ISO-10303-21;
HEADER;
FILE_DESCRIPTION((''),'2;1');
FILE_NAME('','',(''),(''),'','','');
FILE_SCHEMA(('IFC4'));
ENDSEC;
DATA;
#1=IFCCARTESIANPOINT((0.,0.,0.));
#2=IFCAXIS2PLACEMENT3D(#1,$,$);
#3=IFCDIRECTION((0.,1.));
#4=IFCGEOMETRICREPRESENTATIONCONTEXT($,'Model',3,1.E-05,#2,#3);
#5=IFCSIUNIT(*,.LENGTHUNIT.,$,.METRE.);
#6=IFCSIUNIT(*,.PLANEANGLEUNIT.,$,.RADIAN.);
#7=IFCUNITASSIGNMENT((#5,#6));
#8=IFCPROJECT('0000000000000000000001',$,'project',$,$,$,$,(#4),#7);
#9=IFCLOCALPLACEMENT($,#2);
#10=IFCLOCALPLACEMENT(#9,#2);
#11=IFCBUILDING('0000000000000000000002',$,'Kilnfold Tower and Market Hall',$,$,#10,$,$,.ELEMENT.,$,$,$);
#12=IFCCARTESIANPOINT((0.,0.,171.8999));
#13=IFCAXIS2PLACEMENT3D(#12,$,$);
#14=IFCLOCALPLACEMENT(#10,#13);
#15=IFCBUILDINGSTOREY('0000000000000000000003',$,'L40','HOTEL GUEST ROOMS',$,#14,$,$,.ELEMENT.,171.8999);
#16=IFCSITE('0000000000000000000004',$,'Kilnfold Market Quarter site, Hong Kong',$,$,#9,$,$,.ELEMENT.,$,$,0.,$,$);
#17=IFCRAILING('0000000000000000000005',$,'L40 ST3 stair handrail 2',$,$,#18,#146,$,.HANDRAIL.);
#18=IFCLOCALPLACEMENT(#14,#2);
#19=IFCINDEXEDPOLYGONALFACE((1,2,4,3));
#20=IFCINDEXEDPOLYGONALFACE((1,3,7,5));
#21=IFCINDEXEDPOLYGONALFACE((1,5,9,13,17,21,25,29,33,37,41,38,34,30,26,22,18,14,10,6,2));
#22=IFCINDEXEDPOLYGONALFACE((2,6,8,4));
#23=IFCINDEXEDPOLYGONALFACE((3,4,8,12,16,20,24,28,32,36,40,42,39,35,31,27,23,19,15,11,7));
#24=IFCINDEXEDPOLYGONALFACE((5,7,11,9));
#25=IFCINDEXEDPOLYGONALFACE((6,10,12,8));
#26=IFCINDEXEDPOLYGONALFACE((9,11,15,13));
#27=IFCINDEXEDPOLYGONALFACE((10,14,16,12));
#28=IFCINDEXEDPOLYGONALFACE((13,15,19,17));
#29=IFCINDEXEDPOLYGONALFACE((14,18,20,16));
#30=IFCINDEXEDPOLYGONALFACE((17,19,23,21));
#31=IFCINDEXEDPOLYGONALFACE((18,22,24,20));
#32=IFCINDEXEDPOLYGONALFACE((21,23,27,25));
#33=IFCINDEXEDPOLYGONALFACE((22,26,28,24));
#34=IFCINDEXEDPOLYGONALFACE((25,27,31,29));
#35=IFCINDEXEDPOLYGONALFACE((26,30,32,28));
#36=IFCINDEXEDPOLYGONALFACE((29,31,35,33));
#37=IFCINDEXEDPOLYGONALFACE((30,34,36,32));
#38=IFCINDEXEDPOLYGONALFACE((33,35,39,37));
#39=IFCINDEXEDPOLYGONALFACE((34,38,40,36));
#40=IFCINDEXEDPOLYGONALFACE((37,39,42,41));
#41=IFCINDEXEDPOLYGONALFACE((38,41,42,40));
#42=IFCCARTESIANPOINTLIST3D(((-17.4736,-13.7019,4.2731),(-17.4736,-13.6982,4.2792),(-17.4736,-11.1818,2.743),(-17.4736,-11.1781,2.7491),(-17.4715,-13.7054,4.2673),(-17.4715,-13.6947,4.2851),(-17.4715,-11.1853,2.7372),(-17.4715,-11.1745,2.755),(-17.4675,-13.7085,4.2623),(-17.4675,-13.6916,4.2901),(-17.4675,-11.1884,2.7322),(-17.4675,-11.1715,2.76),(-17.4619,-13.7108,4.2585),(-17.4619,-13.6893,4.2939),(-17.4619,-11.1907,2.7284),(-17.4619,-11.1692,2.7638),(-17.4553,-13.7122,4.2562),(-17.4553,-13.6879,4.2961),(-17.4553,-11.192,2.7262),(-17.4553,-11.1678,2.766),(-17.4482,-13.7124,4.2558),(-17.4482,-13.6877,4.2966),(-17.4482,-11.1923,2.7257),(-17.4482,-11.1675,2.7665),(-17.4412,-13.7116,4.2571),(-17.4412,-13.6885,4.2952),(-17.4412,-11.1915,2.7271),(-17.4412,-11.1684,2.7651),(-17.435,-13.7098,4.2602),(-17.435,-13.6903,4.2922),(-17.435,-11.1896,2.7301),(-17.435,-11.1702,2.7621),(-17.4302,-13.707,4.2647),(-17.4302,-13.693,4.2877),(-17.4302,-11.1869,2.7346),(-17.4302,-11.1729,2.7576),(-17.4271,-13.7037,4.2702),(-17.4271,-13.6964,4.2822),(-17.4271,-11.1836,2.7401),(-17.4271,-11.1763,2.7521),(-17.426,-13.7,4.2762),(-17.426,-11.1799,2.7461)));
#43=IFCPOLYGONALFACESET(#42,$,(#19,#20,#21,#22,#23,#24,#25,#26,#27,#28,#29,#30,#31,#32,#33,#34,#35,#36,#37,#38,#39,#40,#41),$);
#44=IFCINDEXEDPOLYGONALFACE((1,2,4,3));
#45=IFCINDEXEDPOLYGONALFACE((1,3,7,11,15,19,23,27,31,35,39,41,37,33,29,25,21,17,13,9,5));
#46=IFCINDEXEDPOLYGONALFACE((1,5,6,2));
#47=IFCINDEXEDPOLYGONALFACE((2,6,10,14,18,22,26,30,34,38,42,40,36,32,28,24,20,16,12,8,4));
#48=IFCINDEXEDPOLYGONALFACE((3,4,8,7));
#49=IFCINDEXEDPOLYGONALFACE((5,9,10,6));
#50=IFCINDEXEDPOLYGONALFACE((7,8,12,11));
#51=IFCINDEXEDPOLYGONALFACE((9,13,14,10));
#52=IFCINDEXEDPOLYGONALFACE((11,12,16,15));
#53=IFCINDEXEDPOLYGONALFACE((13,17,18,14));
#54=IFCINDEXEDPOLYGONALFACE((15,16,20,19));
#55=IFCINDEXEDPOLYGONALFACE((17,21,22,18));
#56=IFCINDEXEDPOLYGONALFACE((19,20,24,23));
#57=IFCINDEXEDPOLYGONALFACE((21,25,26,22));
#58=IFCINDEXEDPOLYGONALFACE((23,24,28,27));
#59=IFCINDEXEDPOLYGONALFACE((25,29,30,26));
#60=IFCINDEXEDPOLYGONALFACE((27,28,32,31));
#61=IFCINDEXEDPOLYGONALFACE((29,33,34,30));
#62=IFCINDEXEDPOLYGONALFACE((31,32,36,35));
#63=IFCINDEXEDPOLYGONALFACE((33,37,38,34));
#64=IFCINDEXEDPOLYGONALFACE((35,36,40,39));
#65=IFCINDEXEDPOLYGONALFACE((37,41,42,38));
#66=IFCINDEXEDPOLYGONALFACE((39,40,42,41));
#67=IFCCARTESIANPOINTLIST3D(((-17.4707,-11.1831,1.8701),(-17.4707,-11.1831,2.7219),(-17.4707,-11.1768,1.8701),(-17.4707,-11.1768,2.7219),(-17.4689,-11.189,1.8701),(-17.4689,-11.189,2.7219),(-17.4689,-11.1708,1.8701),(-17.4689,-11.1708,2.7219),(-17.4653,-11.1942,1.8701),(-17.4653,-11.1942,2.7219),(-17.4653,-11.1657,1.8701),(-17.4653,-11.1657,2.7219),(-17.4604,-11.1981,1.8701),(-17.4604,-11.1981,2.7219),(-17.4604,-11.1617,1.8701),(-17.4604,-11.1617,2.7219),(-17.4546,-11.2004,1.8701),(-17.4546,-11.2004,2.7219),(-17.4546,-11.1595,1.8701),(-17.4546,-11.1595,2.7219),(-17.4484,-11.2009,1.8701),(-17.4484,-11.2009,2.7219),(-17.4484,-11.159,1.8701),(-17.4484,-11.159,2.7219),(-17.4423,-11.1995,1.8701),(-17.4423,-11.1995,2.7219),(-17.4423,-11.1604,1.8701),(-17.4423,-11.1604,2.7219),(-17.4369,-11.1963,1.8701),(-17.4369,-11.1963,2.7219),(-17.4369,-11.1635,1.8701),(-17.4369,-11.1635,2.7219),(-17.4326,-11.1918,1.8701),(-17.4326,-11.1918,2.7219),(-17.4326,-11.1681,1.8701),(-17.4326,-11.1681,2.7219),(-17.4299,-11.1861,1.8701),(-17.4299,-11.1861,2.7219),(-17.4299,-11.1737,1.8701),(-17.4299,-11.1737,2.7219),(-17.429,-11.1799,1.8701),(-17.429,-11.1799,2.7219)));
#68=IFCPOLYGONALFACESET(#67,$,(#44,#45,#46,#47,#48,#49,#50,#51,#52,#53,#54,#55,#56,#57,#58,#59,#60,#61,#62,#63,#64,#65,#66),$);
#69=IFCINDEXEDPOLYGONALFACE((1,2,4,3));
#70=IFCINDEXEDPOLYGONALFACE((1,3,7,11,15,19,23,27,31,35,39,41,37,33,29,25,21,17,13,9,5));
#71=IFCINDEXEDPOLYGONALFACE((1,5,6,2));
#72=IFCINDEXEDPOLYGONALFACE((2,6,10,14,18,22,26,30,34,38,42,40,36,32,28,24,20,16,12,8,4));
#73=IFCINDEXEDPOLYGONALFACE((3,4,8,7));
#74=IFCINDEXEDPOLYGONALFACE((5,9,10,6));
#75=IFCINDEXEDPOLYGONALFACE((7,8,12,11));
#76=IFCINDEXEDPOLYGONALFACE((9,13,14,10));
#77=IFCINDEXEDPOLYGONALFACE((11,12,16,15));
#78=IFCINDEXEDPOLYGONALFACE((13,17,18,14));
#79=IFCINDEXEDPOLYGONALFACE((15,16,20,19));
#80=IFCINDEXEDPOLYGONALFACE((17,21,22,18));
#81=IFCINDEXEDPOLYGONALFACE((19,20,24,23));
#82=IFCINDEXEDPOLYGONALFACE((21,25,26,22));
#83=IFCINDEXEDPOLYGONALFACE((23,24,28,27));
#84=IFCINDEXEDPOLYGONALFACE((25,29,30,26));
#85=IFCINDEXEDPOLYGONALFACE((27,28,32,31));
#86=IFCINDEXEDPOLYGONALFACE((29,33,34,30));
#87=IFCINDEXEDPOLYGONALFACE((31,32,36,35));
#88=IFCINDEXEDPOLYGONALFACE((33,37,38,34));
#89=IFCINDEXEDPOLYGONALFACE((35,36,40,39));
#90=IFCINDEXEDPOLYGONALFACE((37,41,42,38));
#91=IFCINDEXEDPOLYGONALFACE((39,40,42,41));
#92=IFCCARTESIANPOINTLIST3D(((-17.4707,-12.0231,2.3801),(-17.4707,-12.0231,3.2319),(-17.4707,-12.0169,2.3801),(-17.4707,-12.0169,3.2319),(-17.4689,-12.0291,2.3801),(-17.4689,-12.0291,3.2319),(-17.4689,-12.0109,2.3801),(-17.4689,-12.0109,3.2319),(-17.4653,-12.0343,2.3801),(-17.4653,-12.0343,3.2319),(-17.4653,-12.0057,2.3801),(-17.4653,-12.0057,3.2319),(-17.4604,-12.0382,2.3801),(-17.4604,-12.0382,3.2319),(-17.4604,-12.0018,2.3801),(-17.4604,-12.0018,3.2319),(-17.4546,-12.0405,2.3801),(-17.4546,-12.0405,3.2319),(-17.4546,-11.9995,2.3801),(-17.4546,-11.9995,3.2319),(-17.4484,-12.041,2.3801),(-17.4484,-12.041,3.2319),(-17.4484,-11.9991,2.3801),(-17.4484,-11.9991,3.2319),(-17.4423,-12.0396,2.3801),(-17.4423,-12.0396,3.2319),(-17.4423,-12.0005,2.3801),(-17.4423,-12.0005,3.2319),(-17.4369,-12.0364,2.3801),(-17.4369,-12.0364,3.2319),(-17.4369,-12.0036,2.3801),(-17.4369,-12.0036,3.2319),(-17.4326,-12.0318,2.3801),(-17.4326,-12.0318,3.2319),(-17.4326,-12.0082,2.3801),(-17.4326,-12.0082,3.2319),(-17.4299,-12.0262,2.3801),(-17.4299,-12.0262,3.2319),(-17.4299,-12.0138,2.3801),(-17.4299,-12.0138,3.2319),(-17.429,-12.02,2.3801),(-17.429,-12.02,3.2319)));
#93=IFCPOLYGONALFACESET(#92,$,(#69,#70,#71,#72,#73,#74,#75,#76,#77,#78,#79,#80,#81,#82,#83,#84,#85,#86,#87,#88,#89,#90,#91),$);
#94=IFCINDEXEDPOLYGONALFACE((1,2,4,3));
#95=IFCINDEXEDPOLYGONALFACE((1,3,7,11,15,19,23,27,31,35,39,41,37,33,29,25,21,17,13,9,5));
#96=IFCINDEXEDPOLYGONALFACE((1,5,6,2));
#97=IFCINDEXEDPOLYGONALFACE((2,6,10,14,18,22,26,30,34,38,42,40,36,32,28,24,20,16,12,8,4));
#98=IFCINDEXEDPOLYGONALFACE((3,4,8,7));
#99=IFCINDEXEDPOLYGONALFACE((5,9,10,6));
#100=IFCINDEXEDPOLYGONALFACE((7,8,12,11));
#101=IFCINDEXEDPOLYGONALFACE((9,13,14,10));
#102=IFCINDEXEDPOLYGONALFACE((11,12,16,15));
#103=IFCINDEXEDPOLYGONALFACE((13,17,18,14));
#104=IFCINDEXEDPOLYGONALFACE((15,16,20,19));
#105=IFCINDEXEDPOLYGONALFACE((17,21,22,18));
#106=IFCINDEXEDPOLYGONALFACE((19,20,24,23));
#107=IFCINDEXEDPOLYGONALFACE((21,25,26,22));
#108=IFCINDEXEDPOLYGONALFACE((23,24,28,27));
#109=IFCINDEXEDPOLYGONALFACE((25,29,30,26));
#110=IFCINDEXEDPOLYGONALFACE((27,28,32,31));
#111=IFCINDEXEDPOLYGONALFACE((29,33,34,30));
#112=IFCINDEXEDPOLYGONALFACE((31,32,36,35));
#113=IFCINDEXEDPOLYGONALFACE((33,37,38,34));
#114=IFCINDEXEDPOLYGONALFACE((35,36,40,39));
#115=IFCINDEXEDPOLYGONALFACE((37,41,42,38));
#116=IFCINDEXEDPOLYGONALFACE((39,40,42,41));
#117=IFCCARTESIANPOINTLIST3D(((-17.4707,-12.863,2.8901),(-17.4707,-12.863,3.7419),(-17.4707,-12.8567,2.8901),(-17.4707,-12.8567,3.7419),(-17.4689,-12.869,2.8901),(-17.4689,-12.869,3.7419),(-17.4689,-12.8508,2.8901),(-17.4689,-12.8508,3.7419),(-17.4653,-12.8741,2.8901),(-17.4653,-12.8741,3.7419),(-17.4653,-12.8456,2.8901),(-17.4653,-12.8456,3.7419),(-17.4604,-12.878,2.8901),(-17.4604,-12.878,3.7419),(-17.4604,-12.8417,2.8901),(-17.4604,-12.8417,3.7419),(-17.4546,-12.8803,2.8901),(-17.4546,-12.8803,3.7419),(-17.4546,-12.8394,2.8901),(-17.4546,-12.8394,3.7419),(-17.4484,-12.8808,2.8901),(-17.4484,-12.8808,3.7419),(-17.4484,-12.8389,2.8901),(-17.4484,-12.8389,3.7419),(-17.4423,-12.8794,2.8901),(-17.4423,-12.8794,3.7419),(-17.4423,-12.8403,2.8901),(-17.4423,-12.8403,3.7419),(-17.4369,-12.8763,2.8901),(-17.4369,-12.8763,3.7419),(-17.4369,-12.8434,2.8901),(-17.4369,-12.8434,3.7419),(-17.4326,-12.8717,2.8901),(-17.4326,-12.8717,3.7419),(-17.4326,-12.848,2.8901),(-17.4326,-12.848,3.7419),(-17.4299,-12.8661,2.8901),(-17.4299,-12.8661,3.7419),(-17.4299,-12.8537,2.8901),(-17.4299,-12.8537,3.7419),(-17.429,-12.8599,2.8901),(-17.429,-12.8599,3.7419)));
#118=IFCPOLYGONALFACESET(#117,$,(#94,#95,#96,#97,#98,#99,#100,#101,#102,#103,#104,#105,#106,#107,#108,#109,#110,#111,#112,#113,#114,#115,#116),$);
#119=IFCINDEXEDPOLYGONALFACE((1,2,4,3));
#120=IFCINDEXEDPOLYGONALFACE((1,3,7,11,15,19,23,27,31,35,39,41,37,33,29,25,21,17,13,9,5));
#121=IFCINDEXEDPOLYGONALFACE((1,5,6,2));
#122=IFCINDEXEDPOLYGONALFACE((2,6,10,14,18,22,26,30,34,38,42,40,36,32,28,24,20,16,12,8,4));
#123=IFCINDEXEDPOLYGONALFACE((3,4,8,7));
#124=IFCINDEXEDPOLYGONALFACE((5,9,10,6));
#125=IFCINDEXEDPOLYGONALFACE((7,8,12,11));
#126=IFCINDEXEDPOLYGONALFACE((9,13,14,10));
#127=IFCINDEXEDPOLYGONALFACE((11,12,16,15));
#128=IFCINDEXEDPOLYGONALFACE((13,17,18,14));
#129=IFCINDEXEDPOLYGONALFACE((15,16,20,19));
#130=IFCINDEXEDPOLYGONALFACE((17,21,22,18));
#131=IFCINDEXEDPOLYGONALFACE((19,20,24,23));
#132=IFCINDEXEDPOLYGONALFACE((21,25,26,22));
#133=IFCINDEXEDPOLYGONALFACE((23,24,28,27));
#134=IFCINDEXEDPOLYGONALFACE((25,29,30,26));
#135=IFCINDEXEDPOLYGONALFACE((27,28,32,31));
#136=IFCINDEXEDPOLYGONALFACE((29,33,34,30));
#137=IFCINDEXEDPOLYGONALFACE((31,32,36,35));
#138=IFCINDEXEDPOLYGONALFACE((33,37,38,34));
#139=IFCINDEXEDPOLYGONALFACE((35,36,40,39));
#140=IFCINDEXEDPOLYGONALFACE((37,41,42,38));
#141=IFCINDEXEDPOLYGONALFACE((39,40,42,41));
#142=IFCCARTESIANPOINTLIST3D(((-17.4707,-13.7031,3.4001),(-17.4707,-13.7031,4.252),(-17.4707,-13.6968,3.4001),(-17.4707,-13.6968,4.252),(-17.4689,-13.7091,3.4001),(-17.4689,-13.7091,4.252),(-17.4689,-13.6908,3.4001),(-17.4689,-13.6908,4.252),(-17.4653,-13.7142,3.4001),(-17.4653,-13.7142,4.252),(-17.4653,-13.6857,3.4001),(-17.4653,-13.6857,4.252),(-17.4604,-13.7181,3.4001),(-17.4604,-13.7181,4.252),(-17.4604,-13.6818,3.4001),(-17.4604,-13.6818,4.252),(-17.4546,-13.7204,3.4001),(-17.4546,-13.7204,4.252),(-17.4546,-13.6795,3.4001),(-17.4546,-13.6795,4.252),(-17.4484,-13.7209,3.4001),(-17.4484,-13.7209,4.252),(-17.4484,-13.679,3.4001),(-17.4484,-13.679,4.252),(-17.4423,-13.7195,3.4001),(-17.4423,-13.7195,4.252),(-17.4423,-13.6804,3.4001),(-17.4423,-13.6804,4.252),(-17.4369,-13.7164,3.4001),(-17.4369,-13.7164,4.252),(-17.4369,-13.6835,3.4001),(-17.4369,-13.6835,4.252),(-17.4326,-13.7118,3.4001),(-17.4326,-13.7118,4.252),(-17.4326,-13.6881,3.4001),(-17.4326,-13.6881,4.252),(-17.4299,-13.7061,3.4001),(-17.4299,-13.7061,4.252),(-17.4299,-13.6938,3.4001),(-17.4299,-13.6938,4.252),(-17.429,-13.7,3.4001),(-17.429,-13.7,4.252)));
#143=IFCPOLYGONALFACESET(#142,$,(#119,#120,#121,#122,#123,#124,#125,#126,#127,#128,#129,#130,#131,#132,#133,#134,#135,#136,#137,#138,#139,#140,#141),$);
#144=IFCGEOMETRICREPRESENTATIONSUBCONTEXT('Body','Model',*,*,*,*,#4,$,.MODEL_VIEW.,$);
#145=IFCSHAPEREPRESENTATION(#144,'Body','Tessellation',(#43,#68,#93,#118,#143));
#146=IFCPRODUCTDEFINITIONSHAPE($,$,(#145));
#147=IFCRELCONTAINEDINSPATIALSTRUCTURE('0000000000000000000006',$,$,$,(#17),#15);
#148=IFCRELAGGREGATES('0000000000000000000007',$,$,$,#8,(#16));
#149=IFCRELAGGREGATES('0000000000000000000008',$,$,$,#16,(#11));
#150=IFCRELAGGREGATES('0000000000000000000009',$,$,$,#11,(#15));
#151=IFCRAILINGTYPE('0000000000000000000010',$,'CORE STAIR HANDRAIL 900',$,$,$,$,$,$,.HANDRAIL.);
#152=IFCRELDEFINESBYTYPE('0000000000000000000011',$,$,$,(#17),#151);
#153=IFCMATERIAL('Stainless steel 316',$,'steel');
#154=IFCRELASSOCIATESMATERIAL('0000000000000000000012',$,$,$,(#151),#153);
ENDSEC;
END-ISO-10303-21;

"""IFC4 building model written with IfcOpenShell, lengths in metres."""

from ifc_helpers import new_model, si_unit, direction, frame, origin, origin_2d, place, context, subcontext, project, spatial, circle, extrude, material, type_object, element, save


model = new_model("IFC4")

# Units and contexts
model_context = context("Model", 3, precision=1e-05, world=origin(), true_north=direction((0.0, 1.0)))
body_context = subcontext(model_context, "Body", "Model", "MODEL_VIEW")
ifc_project = project(units=[si_unit("LENGTHUNIT", "METRE"), si_unit("PLANEANGLEUNIT", "RADIAN")], contexts=[model_context])

# Site, building, storey
site_placement = place(None, origin())
site = spatial("IfcSite", under=ifc_project, at=site_placement, Name="Kilnfold Market Quarter site, Hong Kong", CompositionType="ELEMENT", RefElevation=0.0)
building_placement = place(site_placement, origin())
building = spatial("IfcBuilding", under=site, at=building_placement, Name="Kilnfold Tower and Market Hall", CompositionType="ELEMENT")
storey_placement = place(building_placement, frame((0.0, 0.0, 171.8999)))
storey = spatial("IfcBuildingStorey", under=building, at=storey_placement, Name="L40", Description="HOTEL GUEST ROOMS", CompositionType="ELEMENT", Elevation=171.8999)

# Railing
ifc_material_1 = material(Name="Stainless steel 316", Category="steel")
railing_type_1 = type_object("IfcRailingType", Name="CORE STAIR HANDRAIL 900", PredefinedType="HANDRAIL", material=ifc_material_1)
railing_1_placement = place(storey_placement, frame((-17.45, -11.1799, 1.8701)))
element("IfcRailing", 1, at=railing_1_placement, inside=storey, type_object=railing_type_1, Name="L40 ST3 stair handrail 2", PredefinedType="HANDRAIL", context=body_context, shape_type="SweptSolid", body=[
    extrude(circle(Radius=0.0239, at=origin_2d()), frame((0.0, 0.0, 0.876), z_axis=(0.0, -0.854785, 0.518982), x_axis=(1.0, 0.0, 0.0)), (0.0, 0.0, 1.0), 2.9482),
    extrude(circle(Radius=0.021, at=origin_2d()), origin(), (0.0, 0.0, 1.0), 0.8518),
    extrude(circle(Radius=0.021, at=origin_2d()), frame((0.0, -0.8401, 0.51)), (0.0, 0.0, 1.0), 0.8518),
    extrude(circle(Radius=0.021, at=origin_2d()), frame((0.0, -1.6799, 1.02)), (0.0, 0.0, 1.0), 0.8518),
    extrude(circle(Radius=0.021, at=origin_2d()), frame((0.0, -2.52, 1.53)), (0.0, 0.0, 1.0), 0.8518),
])

save(model, "model.ifc")
